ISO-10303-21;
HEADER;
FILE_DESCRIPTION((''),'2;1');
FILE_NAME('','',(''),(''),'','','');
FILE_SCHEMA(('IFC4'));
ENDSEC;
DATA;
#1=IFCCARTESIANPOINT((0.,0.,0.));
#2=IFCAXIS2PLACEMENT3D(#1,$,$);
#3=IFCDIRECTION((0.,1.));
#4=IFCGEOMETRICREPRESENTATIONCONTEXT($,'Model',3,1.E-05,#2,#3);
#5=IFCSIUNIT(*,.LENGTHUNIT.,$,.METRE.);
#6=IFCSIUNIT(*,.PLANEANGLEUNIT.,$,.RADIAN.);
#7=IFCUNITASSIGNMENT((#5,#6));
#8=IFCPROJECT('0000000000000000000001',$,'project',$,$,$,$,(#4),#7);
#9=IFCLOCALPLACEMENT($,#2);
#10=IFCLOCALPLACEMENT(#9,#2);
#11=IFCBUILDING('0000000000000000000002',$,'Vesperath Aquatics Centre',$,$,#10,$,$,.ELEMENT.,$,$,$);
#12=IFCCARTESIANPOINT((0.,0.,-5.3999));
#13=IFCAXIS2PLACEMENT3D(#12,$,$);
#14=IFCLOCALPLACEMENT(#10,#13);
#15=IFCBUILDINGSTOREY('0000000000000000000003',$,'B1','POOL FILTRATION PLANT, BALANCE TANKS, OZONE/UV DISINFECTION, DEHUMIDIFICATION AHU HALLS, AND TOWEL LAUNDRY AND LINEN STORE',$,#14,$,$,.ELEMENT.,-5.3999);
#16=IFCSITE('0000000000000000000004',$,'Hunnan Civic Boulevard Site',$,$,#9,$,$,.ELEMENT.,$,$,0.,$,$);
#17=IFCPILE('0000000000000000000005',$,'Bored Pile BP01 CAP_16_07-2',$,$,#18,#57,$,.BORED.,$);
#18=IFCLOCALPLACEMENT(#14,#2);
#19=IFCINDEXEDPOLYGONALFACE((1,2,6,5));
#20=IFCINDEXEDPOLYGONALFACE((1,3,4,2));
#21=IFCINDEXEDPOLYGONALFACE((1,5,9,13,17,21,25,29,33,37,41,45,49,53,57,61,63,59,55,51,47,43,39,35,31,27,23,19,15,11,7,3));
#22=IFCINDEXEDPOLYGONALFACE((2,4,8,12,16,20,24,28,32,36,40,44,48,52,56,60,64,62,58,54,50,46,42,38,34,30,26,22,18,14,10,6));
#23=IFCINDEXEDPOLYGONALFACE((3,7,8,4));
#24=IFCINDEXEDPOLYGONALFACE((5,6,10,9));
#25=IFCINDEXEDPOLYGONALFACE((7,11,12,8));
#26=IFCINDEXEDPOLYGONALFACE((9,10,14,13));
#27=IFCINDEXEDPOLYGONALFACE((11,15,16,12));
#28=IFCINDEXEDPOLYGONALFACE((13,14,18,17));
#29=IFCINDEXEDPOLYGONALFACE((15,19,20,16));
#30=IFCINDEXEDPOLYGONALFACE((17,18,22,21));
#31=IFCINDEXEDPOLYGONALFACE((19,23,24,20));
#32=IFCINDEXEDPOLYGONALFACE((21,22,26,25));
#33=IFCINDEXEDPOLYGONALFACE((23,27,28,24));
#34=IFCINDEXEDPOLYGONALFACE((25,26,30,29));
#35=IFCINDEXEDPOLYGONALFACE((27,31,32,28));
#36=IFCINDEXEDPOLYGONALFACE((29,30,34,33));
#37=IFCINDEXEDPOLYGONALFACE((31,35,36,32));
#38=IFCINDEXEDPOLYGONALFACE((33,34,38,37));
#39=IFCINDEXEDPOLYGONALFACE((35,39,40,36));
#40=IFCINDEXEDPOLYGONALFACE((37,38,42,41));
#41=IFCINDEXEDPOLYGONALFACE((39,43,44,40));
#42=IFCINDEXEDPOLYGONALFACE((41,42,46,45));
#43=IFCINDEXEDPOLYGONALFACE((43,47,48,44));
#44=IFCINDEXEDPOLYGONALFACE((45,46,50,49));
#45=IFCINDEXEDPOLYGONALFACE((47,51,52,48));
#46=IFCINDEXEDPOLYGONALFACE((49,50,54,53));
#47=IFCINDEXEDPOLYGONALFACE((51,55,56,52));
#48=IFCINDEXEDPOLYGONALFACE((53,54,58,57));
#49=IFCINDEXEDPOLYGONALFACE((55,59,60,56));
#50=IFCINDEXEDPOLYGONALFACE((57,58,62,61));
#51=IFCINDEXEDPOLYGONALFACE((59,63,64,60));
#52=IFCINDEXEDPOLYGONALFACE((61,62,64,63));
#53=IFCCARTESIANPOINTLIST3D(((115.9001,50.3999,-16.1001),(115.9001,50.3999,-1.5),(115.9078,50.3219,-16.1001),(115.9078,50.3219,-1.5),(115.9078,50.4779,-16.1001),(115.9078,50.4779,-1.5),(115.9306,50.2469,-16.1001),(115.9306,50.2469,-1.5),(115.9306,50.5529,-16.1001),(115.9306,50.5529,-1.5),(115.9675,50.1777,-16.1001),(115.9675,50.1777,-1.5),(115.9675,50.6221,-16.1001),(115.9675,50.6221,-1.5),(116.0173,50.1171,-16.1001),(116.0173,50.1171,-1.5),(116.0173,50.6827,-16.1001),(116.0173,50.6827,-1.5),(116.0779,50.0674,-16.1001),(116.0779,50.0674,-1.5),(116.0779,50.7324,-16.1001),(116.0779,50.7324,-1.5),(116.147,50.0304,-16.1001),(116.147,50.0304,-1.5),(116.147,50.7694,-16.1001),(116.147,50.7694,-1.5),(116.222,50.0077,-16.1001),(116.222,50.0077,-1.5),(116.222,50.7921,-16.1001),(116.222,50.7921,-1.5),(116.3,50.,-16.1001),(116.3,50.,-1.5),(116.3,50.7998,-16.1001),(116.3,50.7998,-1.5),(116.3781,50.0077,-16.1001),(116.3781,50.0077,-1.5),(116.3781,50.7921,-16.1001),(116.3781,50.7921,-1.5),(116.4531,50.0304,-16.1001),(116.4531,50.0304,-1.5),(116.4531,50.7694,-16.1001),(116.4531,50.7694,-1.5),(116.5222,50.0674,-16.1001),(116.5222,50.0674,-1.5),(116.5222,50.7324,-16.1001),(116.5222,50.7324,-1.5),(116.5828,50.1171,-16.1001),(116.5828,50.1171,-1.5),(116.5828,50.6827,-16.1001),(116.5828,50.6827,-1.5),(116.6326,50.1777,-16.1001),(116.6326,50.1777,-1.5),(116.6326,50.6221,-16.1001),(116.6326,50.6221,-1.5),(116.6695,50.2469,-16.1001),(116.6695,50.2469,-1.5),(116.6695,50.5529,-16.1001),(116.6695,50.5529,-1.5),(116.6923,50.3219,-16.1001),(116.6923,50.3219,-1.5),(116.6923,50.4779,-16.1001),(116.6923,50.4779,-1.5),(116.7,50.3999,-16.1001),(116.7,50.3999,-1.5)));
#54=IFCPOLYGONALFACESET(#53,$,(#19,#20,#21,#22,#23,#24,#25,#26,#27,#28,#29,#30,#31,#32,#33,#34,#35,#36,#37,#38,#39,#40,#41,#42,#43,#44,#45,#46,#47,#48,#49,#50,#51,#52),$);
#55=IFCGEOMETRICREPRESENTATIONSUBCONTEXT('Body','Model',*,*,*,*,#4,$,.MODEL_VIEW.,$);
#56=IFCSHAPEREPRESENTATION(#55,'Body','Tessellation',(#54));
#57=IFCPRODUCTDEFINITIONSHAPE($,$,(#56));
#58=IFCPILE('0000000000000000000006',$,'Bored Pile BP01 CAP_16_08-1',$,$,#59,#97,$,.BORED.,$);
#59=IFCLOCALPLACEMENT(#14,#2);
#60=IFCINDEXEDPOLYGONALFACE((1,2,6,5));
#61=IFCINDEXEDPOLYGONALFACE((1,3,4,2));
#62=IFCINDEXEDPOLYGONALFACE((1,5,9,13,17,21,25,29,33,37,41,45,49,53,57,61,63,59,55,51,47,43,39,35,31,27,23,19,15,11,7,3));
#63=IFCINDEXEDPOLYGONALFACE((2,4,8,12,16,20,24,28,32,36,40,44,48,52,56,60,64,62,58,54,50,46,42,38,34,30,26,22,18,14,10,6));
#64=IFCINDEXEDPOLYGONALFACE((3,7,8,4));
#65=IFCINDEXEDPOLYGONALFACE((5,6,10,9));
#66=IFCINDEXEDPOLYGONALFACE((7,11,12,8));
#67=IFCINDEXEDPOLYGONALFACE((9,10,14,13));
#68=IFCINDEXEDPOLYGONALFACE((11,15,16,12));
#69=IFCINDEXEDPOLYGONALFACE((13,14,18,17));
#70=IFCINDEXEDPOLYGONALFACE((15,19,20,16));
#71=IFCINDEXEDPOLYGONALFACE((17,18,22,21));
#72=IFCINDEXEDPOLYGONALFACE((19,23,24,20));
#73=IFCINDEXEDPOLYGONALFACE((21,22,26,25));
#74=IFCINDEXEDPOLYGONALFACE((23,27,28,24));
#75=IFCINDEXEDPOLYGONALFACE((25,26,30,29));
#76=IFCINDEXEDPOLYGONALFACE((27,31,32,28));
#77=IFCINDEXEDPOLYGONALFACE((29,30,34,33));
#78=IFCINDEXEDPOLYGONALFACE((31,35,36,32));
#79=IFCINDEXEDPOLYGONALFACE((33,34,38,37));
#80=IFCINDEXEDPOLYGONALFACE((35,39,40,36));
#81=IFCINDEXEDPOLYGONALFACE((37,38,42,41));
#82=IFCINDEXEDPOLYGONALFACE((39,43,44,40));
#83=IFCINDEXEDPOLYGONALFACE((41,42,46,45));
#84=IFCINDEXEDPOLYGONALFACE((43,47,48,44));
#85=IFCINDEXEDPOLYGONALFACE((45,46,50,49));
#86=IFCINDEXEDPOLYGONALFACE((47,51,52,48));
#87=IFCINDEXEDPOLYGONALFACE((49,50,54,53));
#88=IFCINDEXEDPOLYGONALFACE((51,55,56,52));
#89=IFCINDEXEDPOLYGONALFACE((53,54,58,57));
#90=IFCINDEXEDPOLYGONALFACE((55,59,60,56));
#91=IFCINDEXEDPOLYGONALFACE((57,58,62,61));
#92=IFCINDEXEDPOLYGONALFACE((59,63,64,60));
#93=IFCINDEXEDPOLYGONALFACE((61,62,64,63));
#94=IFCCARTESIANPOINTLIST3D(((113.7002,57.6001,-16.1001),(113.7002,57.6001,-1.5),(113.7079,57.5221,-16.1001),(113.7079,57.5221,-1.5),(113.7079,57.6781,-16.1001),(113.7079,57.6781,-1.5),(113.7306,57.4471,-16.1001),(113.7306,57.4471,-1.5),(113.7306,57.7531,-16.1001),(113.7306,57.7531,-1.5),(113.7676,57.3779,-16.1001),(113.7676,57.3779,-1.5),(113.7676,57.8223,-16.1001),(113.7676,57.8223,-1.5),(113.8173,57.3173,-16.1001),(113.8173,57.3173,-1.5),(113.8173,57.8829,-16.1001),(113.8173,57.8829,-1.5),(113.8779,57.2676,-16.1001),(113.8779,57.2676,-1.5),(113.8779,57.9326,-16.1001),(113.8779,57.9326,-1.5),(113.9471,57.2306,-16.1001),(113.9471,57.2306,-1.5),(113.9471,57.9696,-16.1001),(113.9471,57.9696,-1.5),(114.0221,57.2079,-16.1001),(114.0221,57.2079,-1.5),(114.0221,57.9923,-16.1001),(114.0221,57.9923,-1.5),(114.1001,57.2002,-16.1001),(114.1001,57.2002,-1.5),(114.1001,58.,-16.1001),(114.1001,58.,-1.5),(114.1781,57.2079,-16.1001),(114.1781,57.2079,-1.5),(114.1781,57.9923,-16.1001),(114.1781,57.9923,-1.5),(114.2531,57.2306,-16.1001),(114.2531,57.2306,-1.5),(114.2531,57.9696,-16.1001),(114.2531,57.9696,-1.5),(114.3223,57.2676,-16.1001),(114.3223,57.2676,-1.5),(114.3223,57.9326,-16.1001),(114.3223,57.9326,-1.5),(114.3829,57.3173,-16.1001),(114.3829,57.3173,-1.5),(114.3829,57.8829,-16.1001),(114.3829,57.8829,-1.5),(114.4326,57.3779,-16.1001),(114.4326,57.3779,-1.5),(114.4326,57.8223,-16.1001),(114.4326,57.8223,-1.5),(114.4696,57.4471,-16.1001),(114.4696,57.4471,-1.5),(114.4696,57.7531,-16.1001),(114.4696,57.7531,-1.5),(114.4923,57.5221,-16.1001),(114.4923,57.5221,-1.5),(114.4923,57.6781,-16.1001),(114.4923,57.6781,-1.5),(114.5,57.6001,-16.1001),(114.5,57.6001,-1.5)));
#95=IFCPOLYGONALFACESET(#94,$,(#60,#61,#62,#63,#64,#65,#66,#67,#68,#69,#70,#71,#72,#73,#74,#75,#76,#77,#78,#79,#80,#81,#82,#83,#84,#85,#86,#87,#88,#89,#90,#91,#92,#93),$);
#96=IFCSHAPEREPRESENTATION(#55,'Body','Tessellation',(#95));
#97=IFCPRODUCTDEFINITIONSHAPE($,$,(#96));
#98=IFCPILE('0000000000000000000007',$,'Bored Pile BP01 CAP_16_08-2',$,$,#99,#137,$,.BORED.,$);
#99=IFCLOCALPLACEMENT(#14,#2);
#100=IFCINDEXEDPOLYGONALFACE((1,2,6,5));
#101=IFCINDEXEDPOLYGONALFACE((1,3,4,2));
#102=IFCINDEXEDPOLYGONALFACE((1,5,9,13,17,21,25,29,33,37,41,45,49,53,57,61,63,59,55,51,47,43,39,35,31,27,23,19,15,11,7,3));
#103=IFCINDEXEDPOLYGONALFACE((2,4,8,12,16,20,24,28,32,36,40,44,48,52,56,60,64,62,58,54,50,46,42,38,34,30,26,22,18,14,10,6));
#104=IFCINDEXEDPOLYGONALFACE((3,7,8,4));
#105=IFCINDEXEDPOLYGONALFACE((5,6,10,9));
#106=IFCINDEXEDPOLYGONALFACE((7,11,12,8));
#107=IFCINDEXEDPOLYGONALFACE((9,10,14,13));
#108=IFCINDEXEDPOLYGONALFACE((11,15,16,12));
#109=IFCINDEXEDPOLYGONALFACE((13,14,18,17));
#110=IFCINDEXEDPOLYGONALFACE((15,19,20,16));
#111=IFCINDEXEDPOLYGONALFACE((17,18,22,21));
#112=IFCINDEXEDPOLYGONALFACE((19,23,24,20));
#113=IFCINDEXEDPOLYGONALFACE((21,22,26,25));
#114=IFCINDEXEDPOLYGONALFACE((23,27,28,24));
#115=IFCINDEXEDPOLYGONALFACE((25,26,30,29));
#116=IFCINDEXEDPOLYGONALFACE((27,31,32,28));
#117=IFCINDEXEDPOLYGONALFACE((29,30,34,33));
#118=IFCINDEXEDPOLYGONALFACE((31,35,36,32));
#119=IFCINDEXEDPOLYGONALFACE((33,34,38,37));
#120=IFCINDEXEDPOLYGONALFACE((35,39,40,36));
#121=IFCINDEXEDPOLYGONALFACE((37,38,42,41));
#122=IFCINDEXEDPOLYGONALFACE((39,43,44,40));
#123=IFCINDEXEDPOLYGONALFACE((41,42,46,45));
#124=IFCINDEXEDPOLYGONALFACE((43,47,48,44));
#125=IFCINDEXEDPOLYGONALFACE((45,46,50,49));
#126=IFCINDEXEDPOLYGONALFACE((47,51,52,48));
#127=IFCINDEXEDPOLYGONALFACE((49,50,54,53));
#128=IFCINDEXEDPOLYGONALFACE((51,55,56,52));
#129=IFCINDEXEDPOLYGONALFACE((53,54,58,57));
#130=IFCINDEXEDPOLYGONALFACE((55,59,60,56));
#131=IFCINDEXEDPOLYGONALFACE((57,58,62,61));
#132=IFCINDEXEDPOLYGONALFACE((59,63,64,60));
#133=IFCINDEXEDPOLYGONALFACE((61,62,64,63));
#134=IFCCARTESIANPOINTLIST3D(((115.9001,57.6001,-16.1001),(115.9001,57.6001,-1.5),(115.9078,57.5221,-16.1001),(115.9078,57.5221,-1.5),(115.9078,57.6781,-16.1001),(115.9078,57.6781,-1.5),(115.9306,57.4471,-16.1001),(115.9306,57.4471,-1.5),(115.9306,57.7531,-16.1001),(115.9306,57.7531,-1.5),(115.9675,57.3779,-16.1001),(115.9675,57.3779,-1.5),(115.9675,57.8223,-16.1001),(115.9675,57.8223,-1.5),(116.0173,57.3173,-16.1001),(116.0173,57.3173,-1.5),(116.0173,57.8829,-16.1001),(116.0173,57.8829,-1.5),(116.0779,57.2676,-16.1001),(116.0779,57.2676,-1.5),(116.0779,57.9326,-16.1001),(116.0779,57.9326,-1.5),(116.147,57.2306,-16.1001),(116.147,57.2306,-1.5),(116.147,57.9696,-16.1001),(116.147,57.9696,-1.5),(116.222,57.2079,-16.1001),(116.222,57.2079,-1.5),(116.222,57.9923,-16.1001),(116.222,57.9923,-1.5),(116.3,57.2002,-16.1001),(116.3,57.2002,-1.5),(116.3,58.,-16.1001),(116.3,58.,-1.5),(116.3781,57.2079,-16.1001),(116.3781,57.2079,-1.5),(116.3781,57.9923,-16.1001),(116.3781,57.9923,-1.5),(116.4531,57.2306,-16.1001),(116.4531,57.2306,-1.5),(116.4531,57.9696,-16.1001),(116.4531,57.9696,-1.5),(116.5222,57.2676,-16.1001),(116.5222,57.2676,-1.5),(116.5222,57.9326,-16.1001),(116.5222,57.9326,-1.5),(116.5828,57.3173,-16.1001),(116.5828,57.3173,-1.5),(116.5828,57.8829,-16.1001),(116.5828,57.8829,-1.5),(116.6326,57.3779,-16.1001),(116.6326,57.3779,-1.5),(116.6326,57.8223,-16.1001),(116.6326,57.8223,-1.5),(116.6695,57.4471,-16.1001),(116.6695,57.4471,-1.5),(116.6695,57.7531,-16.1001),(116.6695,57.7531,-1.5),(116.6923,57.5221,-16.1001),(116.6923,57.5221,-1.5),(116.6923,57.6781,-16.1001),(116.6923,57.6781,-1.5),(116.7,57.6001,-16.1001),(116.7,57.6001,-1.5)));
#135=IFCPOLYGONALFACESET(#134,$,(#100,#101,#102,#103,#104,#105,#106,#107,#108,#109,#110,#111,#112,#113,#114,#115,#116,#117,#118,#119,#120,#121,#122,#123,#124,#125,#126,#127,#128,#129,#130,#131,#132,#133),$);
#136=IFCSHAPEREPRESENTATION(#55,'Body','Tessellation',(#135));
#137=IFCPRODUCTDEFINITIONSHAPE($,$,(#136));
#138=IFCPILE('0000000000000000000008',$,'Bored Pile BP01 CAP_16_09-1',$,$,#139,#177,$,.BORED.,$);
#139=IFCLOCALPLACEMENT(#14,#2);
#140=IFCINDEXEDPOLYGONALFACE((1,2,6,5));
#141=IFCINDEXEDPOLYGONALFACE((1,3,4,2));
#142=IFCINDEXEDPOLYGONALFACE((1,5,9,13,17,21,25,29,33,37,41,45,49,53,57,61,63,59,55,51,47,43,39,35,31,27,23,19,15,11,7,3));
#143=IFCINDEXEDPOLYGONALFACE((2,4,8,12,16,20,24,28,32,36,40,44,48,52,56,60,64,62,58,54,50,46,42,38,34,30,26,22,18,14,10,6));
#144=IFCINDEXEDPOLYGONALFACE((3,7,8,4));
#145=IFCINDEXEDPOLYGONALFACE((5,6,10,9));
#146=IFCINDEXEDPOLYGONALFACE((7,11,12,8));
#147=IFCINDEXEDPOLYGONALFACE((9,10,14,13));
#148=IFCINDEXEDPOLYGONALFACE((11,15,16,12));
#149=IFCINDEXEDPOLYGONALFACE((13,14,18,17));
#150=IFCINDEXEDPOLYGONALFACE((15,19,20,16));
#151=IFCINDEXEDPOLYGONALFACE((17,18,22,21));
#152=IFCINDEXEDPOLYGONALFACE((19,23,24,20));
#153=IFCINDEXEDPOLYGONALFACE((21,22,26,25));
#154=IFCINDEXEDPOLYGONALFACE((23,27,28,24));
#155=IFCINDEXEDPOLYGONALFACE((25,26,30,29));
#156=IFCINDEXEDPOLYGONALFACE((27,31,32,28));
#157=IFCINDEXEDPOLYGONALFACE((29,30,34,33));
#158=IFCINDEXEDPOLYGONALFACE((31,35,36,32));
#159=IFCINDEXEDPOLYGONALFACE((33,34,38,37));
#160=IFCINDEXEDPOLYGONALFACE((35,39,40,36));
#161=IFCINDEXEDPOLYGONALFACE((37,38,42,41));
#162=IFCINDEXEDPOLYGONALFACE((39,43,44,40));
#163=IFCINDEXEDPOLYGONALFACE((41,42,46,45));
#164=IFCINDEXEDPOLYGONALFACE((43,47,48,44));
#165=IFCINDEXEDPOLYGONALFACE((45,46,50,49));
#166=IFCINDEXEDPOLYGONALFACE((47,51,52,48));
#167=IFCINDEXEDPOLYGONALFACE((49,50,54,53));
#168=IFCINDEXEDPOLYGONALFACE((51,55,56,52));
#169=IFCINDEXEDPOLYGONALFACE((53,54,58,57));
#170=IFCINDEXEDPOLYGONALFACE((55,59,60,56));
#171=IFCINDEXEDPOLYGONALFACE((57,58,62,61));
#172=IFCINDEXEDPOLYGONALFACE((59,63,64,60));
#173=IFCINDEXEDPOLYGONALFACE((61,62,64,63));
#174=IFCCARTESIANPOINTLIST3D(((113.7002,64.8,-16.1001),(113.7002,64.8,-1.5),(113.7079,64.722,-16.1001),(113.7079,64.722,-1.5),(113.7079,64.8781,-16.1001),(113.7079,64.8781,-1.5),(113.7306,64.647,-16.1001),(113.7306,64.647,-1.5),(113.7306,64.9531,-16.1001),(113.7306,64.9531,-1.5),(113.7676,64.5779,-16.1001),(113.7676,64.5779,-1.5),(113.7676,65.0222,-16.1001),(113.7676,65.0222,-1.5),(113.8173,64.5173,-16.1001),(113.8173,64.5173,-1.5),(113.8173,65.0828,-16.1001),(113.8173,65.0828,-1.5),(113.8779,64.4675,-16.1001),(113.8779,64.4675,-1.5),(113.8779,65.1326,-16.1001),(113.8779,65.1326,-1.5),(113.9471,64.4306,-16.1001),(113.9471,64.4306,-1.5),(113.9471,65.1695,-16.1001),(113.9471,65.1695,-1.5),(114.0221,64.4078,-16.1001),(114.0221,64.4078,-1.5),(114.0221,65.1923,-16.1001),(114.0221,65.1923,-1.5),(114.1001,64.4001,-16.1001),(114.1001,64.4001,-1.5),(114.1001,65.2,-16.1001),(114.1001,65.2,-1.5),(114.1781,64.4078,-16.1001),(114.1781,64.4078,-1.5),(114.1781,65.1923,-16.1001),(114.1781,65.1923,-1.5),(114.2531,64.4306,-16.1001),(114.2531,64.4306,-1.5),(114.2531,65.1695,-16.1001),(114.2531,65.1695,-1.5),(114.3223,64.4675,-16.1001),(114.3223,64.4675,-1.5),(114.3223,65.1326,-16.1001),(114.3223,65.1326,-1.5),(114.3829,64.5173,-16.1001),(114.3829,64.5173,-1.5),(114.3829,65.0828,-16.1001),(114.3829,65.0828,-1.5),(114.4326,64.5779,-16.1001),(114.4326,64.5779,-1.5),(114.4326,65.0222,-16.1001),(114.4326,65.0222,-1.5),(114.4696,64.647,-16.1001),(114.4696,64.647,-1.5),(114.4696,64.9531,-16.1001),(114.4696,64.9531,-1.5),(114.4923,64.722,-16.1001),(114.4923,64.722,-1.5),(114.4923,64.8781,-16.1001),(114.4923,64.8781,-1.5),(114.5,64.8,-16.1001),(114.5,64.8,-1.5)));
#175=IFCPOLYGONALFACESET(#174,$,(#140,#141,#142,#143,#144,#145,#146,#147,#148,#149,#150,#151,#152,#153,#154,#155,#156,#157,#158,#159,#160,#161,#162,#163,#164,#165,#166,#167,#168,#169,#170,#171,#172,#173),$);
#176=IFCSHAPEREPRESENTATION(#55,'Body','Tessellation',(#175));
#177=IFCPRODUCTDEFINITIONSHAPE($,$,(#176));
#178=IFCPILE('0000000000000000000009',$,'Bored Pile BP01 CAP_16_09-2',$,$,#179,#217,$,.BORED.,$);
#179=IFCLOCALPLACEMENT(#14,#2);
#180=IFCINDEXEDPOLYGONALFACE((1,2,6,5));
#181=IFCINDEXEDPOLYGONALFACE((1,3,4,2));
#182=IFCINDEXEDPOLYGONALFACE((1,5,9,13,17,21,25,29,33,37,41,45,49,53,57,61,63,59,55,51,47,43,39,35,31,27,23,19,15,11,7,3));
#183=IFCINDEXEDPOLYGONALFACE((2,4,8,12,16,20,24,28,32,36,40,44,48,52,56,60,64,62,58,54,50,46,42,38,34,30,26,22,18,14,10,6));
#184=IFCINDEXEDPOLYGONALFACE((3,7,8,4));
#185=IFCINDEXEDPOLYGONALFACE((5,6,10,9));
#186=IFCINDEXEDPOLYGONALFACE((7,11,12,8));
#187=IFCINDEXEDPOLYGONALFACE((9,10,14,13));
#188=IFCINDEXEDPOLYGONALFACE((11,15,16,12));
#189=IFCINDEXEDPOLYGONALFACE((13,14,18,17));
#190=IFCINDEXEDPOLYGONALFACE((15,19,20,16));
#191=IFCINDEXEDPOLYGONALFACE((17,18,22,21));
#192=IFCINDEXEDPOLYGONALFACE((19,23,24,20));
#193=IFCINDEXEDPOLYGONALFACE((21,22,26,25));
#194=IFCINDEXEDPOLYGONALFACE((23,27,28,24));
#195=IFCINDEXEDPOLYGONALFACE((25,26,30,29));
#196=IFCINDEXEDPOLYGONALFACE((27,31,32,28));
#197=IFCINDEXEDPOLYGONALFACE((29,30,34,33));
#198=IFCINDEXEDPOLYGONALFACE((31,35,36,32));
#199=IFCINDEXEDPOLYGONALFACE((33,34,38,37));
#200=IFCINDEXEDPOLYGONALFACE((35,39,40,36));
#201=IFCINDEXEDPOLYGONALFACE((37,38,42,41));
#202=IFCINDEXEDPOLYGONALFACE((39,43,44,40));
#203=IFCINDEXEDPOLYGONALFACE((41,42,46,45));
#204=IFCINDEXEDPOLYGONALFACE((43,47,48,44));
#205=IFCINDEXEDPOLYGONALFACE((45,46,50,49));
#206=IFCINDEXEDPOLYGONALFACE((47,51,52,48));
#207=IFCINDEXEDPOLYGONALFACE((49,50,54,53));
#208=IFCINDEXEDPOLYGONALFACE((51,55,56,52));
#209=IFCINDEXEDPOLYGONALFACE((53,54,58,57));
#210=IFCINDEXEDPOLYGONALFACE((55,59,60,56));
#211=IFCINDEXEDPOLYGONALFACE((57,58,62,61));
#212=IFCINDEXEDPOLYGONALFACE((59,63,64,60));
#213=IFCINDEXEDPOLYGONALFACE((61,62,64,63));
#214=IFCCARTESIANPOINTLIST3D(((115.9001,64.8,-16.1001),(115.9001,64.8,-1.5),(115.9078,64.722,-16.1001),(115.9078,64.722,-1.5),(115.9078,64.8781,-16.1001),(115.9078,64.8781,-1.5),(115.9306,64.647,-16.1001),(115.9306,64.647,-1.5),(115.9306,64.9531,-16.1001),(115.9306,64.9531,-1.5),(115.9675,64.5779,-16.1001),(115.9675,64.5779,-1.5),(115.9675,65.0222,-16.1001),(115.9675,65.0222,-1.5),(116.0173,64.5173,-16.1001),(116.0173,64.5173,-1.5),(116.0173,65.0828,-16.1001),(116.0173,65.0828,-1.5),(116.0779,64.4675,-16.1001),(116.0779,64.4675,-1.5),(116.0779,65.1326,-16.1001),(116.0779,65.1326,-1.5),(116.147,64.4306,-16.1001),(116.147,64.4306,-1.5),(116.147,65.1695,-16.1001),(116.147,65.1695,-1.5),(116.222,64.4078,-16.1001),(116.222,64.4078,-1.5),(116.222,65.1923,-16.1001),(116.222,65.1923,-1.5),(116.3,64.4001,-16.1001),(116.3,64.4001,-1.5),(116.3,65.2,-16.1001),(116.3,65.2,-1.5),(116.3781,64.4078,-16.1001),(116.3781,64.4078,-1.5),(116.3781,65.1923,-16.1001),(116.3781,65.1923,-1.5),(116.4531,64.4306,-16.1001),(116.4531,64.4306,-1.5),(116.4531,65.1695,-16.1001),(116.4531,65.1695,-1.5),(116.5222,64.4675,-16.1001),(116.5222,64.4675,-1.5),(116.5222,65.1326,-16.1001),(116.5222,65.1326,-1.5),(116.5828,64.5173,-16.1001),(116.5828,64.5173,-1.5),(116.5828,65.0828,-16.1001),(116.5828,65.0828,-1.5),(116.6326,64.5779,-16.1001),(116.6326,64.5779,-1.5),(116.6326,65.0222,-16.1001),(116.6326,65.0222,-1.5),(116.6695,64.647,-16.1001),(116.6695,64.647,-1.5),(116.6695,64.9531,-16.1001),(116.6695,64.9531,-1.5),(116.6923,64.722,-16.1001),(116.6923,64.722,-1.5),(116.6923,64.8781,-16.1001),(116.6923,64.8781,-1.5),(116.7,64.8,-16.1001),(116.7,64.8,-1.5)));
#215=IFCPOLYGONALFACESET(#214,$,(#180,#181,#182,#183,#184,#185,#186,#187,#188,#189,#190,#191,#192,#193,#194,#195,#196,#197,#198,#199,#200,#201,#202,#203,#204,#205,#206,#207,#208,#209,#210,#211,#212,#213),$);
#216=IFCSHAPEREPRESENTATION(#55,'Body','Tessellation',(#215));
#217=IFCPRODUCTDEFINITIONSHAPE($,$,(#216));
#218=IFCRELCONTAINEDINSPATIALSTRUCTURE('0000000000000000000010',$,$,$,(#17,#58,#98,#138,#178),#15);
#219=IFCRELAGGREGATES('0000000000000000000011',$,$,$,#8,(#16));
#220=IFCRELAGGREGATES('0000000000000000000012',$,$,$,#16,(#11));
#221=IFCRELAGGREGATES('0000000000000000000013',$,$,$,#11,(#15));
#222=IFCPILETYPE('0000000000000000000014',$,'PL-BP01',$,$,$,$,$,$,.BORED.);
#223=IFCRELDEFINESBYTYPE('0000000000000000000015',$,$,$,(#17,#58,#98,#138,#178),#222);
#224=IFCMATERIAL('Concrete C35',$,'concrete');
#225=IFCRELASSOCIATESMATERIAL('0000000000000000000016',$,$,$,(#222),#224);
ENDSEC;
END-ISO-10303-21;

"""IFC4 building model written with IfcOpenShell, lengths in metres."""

from ifc_helpers import new_model, si_unit, direction, frame, origin, origin_2d, place, context, subcontext, project, spatial, circle, extrude, material, material_profile, profile_set, type_object, element, save


model = new_model("IFC4")

# Units and contexts
model_context = context("Model", 3, precision=1e-05, world=origin(), true_north=direction((0.0, 1.0)))
body_context = subcontext(model_context, "Body", "Model", "MODEL_VIEW")
ifc_project = project(units=[si_unit("LENGTHUNIT", "METRE"), si_unit("PLANEANGLEUNIT", "RADIAN")], contexts=[model_context])

# Site, building, storey
site_placement = place(None, origin())
site = spatial("IfcSite", under=ifc_project, at=site_placement, Name="Hunnan Civic Boulevard Site", CompositionType="ELEMENT", RefElevation=0.0)
building_placement = place(site_placement, origin())
building = spatial("IfcBuilding", under=site, at=building_placement, Name="Vesperath Aquatics Centre", CompositionType="ELEMENT")
storey_placement = place(building_placement, frame((0.0, 0.0, -5.3999)))
storey = spatial("IfcBuildingStorey", under=building, at=storey_placement, Name="B1", Description="POOL FILTRATION PLANT, BALANCE TANKS, OZONE/UV DISINFECTION, DEHUMIDIFICATION AHU HALLS, AND TOWEL LAUNDRY AND LINEN STORE", CompositionType="ELEMENT", Elevation=-5.3999)

# Piles
ifc_material_1 = material(Name="Concrete C35", Category="concrete")
ifc_material_profile_1 = material_profile(ifc_material_1, circle(Radius=0.3999, at=origin_2d()), Name="PILE D800")
ifc_profile_set_1 = profile_set([ifc_material_profile_1], Name="Concrete C35")
pile_type = type_object("IfcPileType", Name="PL-BP01", PredefinedType="BORED", material=ifc_profile_set_1)
for number, where, z_axis, x_axis, name in (
    (1, (116.3, 50.3999, -1.5), (0.0, 0.0, -1.0), (1.0, 0.0, 0.0), "Bored Pile BP01 CAP_16_07-2"),
    (2, (114.1001, 57.6001, -1.5), (0.0, 0.0, -1.0), (1.0, 0.0, 0.0), "Bored Pile BP01 CAP_16_08-1"),
    (3, (116.3, 57.6001, -1.5), (0.0, 0.0, -1.0), (1.0, 0.0, 0.0), "Bored Pile BP01 CAP_16_08-2"),
    (4, (114.1001, 64.8, -1.5), (0.0, 0.0, -1.0), (1.0, 0.0, 0.0), "Bored Pile BP01 CAP_16_09-1"),
    (5, (116.3, 64.8, -1.5), (0.0, 0.0, -1.0), (1.0, 0.0, 0.0), "Bored Pile BP01 CAP_16_09-2"),
):
    element("IfcPile", number, at=place(storey_placement, frame(where, z_axis=z_axis, x_axis=x_axis)), inside=storey, type_object=pile_type, Name=name, PredefinedType="BORED", context=body_context, shape_type="SweptSolid", body=[
        extrude(circle(Radius=0.3999, at=origin_2d()), origin(), (0.0, 0.0, 1.0), 14.6001),
    ])

save(model, "model.ifc")
